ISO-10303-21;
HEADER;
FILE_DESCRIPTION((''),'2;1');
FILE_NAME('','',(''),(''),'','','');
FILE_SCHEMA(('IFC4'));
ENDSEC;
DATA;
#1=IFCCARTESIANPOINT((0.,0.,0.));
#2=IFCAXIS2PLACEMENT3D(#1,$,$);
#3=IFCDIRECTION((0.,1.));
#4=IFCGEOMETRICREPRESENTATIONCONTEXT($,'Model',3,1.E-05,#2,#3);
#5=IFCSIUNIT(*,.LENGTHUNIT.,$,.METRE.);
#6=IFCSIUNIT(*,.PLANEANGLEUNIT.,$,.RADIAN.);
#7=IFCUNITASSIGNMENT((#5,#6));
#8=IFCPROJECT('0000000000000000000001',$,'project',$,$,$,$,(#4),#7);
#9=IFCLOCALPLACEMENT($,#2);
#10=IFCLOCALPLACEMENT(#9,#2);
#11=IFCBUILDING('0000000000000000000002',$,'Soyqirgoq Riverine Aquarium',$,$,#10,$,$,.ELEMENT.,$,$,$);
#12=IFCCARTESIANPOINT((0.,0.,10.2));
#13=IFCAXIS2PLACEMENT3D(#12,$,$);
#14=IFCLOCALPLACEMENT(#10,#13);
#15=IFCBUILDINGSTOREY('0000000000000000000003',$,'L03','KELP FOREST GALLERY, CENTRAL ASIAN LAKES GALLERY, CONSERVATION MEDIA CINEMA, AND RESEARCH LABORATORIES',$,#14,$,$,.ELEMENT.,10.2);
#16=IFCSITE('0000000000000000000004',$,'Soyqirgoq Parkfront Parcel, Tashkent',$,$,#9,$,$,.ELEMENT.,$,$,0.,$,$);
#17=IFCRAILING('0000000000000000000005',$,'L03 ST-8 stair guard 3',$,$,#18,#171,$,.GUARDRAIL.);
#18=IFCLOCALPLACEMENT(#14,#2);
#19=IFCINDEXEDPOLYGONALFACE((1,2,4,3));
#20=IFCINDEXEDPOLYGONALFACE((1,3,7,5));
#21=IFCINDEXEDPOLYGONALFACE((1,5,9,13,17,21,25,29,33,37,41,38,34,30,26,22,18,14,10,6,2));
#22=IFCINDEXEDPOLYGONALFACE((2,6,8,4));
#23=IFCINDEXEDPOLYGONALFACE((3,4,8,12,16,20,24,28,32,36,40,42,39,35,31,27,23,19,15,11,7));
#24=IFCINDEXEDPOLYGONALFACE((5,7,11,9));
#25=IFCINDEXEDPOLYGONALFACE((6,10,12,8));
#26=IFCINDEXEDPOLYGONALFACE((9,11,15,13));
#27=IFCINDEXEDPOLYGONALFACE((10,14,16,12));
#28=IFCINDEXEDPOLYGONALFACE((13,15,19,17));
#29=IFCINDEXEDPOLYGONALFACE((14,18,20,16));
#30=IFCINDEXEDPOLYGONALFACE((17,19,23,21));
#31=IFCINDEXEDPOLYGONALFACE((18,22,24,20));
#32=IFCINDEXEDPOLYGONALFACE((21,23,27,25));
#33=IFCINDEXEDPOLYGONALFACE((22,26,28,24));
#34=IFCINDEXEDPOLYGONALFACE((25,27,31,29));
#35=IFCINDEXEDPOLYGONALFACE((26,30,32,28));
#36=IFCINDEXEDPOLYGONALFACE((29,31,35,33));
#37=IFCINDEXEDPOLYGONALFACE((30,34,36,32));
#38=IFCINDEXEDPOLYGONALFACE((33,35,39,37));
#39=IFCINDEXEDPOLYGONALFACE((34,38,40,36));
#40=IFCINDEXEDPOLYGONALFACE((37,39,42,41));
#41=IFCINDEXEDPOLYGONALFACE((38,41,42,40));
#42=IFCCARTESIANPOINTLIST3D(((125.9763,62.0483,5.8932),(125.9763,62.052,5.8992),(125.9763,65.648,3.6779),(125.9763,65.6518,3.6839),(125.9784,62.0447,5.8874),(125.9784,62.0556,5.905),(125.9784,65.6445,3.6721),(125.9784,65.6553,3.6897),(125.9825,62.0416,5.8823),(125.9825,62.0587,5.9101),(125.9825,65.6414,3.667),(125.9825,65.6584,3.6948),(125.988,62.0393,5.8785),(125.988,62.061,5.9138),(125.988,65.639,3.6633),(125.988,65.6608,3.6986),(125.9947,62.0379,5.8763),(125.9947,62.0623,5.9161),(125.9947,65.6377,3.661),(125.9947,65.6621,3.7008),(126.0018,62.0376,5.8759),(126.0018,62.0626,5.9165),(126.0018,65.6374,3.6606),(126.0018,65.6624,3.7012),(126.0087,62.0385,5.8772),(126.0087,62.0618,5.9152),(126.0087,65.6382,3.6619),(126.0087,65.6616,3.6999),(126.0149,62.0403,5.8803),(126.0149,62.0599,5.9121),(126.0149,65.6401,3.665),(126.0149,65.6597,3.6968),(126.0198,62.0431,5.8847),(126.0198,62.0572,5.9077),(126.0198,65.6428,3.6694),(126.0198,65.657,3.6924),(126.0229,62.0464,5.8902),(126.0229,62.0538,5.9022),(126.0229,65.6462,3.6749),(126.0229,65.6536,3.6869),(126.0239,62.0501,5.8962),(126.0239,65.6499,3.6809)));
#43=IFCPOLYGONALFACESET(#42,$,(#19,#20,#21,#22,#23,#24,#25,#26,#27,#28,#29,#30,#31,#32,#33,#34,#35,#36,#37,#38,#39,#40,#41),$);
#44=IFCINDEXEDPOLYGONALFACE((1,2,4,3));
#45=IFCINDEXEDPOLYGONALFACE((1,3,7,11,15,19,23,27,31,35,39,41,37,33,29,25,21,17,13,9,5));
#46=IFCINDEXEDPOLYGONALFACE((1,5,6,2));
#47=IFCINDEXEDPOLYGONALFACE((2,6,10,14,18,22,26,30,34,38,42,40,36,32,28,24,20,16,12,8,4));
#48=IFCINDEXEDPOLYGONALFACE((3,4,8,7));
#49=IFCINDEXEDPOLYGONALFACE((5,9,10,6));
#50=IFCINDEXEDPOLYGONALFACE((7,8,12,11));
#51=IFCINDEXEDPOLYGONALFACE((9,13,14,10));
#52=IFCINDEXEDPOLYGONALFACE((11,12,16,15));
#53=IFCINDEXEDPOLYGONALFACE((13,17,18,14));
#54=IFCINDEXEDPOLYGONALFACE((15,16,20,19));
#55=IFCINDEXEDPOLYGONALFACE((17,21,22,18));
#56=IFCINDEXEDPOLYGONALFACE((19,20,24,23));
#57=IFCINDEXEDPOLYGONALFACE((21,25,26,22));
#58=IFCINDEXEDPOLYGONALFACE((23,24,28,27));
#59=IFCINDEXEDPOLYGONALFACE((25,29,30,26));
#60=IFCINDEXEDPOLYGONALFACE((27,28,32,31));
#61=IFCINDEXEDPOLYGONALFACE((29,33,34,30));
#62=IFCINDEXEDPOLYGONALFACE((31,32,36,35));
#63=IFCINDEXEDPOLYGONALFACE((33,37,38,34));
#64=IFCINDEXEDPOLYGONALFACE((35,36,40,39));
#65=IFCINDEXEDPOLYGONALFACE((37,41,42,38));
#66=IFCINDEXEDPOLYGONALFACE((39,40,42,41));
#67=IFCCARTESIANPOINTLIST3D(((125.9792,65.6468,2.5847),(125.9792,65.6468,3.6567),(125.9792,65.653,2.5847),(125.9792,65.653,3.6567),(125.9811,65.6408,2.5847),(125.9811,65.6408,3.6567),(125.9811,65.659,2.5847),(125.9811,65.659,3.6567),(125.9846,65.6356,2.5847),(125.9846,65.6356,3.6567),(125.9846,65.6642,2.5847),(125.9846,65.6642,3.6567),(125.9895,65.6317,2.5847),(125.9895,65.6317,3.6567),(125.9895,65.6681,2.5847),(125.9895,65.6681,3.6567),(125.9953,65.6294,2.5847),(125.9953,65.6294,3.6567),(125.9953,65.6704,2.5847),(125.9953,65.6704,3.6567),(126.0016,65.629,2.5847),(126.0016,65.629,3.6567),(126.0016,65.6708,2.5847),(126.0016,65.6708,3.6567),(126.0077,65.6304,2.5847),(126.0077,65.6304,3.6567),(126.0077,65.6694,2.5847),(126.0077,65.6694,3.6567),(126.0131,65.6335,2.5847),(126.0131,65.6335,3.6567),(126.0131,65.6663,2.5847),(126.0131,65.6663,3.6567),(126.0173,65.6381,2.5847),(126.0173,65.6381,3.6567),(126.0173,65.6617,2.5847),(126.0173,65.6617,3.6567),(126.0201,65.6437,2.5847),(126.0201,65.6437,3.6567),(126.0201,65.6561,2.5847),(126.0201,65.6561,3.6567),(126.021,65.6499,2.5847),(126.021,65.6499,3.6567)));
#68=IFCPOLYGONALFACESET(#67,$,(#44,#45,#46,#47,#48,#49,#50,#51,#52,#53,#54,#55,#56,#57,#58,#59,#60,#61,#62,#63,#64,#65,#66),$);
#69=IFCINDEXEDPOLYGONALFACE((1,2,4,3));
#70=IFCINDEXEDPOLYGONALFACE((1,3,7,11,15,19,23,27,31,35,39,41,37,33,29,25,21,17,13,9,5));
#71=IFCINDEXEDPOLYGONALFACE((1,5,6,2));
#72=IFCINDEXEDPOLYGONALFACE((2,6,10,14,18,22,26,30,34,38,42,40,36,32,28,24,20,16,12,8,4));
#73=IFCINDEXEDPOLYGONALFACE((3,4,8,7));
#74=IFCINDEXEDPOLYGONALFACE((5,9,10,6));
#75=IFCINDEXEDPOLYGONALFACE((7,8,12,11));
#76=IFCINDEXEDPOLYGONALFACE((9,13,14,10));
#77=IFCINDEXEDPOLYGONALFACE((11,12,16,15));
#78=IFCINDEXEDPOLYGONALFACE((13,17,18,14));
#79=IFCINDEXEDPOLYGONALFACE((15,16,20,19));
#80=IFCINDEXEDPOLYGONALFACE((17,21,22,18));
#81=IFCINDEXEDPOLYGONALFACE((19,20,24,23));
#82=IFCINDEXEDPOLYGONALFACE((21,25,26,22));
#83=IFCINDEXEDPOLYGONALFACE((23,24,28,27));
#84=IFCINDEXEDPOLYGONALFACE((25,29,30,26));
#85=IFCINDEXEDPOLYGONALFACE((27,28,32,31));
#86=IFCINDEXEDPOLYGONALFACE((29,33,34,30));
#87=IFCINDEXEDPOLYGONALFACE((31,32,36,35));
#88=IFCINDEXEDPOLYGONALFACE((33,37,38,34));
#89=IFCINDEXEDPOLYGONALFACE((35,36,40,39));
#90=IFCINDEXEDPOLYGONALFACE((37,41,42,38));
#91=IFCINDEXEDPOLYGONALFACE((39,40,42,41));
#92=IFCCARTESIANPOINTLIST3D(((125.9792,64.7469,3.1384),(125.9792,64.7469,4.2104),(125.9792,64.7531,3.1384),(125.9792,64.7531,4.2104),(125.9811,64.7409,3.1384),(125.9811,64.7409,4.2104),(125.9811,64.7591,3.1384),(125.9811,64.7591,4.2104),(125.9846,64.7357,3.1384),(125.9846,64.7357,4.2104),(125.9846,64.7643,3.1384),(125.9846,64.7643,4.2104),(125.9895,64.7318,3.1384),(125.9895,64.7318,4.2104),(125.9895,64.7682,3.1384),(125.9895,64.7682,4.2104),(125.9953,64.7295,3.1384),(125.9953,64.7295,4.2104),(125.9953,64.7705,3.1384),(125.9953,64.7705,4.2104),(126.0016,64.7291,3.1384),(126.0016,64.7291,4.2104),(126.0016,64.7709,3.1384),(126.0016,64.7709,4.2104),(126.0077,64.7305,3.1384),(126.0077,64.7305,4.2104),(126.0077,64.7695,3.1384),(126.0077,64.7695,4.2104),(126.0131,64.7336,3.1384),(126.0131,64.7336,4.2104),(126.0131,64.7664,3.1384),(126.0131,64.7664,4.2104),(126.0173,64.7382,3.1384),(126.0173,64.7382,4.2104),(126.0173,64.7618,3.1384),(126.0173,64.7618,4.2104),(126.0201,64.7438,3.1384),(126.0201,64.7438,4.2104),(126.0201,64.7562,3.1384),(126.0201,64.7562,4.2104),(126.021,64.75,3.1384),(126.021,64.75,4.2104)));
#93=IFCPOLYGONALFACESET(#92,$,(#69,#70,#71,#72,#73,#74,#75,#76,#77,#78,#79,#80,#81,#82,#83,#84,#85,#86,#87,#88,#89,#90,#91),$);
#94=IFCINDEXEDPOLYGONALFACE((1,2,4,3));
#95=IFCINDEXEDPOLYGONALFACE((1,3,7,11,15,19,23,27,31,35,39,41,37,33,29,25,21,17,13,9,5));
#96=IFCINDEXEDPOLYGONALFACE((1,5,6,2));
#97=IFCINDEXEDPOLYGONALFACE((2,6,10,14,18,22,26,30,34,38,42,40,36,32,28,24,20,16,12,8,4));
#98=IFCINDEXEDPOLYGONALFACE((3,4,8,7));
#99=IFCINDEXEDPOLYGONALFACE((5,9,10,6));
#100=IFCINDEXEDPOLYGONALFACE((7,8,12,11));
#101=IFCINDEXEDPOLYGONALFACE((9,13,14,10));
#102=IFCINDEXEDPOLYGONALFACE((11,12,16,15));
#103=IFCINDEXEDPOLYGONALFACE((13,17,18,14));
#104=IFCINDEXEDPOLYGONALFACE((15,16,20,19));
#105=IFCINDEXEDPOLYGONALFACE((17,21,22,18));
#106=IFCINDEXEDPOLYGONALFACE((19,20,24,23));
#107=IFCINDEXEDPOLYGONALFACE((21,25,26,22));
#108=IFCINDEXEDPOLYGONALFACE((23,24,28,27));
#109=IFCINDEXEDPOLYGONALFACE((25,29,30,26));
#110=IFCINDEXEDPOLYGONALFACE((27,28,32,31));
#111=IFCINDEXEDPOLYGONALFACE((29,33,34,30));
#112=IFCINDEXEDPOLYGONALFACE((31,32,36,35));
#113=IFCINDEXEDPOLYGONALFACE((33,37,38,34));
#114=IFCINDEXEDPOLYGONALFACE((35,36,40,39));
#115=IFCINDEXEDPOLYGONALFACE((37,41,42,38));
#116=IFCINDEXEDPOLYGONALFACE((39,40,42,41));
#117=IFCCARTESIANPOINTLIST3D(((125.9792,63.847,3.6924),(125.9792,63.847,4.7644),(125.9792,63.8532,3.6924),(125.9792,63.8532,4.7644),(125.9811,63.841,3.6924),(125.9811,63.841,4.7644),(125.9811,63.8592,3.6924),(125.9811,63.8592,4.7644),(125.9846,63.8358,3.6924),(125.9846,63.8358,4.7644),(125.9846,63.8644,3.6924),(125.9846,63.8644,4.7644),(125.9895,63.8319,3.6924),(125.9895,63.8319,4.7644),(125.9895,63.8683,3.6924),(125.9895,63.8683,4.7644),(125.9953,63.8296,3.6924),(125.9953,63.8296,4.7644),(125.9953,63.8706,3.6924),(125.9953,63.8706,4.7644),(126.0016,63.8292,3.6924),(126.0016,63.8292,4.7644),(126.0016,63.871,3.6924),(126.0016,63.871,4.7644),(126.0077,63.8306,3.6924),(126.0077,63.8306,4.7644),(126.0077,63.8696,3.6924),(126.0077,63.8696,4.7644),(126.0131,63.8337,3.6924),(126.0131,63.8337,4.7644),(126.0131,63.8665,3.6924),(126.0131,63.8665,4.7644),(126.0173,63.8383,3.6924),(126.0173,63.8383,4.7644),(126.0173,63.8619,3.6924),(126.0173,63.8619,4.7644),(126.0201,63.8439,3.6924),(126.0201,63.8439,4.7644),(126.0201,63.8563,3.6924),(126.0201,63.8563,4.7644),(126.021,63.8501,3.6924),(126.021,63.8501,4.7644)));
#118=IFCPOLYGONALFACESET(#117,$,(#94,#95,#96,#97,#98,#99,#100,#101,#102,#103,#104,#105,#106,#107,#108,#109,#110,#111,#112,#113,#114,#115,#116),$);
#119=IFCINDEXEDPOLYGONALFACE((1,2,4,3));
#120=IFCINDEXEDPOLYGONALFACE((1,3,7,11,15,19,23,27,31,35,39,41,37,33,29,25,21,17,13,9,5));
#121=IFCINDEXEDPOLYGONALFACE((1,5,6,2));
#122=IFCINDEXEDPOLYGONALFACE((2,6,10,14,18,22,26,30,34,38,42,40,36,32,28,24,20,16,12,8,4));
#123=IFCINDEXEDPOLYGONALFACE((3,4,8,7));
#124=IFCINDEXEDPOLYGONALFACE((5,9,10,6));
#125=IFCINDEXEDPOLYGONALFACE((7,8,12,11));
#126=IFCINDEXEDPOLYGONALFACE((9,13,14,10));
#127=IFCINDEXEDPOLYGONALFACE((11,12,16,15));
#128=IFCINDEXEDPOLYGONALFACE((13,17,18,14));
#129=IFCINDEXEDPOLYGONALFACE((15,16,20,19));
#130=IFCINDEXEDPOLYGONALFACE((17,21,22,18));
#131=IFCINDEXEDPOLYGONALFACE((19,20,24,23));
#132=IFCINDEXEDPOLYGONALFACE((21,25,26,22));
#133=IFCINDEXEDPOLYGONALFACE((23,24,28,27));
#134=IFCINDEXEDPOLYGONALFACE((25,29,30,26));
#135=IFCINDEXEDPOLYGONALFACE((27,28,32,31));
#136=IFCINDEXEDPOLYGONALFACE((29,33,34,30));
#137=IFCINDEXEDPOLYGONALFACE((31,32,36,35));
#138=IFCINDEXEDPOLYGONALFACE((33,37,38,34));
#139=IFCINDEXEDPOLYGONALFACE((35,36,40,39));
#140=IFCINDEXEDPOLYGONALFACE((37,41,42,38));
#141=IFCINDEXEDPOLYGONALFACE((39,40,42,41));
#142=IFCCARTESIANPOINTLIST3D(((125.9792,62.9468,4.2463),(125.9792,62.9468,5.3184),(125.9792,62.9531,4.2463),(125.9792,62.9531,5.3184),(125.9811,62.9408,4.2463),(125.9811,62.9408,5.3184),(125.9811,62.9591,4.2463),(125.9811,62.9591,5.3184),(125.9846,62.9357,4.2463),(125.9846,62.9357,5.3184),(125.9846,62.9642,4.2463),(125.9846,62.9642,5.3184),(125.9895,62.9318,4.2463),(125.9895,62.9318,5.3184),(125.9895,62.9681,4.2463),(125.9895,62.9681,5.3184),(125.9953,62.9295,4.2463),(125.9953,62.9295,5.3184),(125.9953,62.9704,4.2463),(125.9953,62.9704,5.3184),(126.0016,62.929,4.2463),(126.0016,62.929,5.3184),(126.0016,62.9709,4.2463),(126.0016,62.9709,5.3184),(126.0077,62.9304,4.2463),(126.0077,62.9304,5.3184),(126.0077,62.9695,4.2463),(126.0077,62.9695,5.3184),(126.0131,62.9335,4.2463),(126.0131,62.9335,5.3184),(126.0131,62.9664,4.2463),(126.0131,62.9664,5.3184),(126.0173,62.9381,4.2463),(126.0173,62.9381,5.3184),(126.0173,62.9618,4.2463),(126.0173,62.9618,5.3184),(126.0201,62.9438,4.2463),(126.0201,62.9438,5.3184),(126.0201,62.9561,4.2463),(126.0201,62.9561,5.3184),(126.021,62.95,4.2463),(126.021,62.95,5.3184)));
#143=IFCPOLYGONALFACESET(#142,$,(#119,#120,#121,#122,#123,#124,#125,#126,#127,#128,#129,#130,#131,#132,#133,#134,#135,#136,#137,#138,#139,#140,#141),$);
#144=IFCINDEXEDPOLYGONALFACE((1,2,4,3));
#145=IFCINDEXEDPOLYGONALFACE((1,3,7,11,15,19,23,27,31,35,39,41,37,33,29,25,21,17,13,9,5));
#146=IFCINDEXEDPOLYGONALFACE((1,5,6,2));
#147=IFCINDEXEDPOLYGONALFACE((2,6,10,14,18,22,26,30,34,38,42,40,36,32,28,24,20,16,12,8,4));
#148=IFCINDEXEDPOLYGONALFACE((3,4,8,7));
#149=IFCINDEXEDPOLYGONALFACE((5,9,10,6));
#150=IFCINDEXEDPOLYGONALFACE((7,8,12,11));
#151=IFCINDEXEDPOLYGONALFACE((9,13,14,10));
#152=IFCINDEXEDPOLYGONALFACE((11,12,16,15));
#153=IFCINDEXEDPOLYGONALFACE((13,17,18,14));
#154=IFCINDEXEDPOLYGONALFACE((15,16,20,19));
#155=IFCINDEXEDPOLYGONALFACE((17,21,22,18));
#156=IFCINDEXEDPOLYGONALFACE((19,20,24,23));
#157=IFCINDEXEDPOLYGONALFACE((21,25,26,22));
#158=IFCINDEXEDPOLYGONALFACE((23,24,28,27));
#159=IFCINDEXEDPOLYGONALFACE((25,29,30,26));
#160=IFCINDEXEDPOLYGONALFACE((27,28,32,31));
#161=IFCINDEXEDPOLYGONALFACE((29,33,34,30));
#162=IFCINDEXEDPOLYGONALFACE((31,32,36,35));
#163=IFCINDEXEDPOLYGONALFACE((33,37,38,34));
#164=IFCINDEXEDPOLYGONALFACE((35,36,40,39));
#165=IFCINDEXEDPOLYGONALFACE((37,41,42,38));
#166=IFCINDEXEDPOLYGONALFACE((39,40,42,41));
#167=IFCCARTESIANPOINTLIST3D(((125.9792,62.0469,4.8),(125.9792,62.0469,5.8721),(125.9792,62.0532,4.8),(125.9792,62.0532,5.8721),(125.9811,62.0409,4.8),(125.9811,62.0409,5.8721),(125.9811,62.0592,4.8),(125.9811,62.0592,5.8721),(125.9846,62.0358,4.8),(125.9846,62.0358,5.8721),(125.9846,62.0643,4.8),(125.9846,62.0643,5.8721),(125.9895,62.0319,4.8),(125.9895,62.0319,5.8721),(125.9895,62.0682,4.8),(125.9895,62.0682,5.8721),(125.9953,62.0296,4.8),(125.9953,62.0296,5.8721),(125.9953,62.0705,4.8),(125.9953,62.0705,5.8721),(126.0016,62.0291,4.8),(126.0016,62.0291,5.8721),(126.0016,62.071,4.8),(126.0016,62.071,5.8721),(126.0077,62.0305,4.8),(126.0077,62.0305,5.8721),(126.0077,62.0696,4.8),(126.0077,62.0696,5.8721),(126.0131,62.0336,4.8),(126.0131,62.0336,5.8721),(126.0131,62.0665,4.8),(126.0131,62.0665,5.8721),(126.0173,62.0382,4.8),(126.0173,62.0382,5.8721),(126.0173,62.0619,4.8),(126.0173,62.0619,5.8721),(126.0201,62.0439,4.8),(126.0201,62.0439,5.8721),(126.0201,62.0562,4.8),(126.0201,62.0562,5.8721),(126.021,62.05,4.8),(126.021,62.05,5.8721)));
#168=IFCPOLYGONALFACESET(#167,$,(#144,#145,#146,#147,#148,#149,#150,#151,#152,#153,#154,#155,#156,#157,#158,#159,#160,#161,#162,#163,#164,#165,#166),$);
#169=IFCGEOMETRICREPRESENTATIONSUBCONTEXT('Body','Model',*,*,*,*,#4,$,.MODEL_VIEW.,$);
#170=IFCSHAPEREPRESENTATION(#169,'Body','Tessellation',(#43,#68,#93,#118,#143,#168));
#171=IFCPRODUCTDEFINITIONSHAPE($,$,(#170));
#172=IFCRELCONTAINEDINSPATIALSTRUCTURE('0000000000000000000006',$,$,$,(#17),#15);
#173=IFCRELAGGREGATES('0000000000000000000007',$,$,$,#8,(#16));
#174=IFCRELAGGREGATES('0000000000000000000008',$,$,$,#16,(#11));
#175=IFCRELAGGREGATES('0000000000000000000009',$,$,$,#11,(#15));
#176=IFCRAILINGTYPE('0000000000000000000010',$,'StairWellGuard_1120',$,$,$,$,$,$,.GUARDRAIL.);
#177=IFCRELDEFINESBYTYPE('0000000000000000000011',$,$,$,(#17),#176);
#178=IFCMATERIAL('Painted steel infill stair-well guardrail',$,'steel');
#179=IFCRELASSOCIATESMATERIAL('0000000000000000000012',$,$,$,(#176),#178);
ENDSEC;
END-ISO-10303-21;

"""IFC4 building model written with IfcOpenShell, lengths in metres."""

from ifc_helpers import new_model, si_unit, direction, frame, origin, origin_2d, place, context, subcontext, project, spatial, circle, extrude, material, type_object, element, save


model = new_model("IFC4")

# Units and contexts
model_context = context("Model", 3, precision=1e-05, world=origin(), true_north=direction((0.0, 1.0)))
body_context = subcontext(model_context, "Body", "Model", "MODEL_VIEW")
ifc_project = project(units=[si_unit("LENGTHUNIT", "METRE"), si_unit("PLANEANGLEUNIT", "RADIAN")], contexts=[model_context])

# Site, building, storey
site_placement = place(None, origin())
site = spatial("IfcSite", under=ifc_project, at=site_placement, Name="Soyqirgoq Parkfront Parcel, Tashkent", CompositionType="ELEMENT", RefElevation=0.0)
building_placement = place(site_placement, origin())
building = spatial("IfcBuilding", under=site, at=building_placement, Name="Soyqirgoq Riverine Aquarium", CompositionType="ELEMENT")
storey_placement = place(building_placement, frame((0.0, 0.0, 10.2)))
storey = spatial("IfcBuildingStorey", under=building, at=storey_placement, Name="L03", Description="KELP FOREST GALLERY, CENTRAL ASIAN LAKES GALLERY, CONSERVATION MEDIA CINEMA, AND RESEARCH LABORATORIES", CompositionType="ELEMENT", Elevation=10.2)

# Railing
ifc_material_1 = material(Name="Painted steel infill stair-well guardrail", Category="steel")
railing_type_1 = type_object("IfcRailingType", Name="StairWellGuard_1120", PredefinedType="GUARDRAIL", material=ifc_material_1)
railing_1_placement = place(storey_placement, frame((126.0, 65.6499, 2.5847)))
element("IfcRailing", 1, at=railing_1_placement, inside=storey, type_object=railing_type_1, Name="L03 ST-8 stair guard 3", PredefinedType="GUARDRAIL", context=body_context, shape_type="SweptSolid", body=[
    extrude(circle(Radius=0.0239, at=origin_2d()), frame((0.0, 0.0, 1.0962), z_axis=(0.0, -0.851654, 0.524104), x_axis=(1.0, 0.0, 0.0)), (0.0, 0.0, 1.0), 4.2268),
    extrude(circle(Radius=0.021, at=origin_2d()), origin(), (0.0, 0.0, 1.0), 1.072),
    extrude(circle(Radius=0.021, at=origin_2d()), frame((0.0, -0.8999, 0.5537)), (0.0, 0.0, 1.0), 1.072),
    extrude(circle(Radius=0.021, at=origin_2d()), frame((0.0, -1.7998, 1.1077)), (0.0, 0.0, 1.0), 1.072),
    extrude(circle(Radius=0.021, at=origin_2d()), frame((0.0, -2.7, 1.6616)), (0.0, 0.0, 1.0), 1.072),
    extrude(circle(Radius=0.021, at=origin_2d()), frame((0.0, -3.5999, 2.2153)), (0.0, 0.0, 1.0), 1.072),
])

save(model, "model.ifc")
